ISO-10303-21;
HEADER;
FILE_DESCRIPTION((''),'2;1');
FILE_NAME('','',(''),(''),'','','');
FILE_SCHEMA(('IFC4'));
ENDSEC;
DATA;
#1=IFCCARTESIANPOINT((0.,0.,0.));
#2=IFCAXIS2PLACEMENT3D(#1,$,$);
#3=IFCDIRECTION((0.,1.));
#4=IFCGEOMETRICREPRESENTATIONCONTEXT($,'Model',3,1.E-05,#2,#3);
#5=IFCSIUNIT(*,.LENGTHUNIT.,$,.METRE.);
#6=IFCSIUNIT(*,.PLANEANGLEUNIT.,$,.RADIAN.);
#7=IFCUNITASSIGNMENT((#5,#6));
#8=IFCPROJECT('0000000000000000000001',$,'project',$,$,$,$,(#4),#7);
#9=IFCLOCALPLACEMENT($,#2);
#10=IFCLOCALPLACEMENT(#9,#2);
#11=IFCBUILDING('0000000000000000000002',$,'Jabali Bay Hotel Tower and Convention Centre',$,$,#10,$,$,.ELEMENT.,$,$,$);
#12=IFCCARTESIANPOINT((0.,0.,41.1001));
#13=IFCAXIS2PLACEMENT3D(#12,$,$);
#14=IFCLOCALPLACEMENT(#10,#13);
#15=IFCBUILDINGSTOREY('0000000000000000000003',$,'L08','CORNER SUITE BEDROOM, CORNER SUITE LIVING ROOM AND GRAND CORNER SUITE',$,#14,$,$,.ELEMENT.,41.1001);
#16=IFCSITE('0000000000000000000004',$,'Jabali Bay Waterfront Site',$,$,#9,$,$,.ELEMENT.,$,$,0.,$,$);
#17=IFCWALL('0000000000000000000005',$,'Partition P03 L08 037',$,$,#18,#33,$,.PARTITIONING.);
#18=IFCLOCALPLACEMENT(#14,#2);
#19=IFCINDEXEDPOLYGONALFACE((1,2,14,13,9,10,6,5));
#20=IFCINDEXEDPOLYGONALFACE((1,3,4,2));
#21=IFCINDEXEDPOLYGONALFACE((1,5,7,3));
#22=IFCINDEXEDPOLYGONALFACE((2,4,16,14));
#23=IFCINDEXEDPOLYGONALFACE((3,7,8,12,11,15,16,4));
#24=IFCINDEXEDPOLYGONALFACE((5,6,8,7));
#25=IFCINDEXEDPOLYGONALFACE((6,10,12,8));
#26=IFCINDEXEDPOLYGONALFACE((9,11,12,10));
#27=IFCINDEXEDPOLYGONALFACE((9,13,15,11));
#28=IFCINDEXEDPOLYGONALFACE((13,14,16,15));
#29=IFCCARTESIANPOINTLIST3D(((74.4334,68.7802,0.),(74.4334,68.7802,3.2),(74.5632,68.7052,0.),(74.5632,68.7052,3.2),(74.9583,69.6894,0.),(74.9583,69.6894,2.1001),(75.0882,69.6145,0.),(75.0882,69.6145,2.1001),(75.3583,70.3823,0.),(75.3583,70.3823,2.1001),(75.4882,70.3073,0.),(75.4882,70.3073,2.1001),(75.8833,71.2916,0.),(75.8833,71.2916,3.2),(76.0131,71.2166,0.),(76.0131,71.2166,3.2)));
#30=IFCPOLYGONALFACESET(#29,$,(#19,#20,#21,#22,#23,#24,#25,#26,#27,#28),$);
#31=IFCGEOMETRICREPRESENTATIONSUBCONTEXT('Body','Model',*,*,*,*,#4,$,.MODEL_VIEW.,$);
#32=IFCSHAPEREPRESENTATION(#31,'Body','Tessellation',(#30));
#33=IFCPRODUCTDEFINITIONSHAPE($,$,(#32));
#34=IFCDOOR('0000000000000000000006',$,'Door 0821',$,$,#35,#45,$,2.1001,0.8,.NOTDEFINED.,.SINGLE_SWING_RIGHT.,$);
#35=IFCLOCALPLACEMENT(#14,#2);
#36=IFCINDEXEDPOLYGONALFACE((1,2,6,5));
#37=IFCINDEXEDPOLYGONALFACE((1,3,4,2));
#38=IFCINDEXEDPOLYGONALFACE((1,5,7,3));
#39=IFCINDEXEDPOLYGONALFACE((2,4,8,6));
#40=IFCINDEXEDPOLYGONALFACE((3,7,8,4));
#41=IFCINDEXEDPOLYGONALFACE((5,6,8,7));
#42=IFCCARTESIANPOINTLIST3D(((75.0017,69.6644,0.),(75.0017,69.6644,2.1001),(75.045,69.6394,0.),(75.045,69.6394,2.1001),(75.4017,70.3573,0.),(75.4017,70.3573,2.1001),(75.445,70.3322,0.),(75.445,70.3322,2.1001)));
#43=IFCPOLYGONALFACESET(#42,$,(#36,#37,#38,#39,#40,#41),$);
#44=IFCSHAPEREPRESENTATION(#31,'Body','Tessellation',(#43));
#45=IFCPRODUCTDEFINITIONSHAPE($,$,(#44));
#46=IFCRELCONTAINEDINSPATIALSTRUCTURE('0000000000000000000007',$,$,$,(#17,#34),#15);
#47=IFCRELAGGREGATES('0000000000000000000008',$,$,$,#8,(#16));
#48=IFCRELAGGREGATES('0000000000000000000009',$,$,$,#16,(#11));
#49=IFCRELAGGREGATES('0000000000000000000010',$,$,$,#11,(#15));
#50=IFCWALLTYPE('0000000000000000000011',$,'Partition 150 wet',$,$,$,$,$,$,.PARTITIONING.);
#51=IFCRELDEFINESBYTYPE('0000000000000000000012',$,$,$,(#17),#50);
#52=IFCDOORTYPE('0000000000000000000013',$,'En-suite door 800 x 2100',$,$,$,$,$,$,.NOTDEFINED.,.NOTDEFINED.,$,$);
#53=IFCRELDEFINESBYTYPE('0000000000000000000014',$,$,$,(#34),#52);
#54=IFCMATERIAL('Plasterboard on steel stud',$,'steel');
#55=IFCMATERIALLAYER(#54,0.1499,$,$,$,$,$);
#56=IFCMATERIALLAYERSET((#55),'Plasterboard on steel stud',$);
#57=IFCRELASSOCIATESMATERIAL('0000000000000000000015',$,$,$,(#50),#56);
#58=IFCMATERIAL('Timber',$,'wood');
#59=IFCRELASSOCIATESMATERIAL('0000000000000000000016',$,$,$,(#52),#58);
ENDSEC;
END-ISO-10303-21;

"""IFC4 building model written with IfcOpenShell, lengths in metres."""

from ifc_helpers import new_model, si_unit, direction, frame, frame_2d, origin, place, context, subcontext, project, spatial, rectangle, extrude, material, layer, layer_set, type_object, element, fill, save


model = new_model("IFC4")

# Units and contexts
model_context = context("Model", 3, precision=1e-05, world=origin(), true_north=direction((0.0, 1.0)))
body_context = subcontext(model_context, "Body", "Model", "MODEL_VIEW")
ifc_project = project(units=[si_unit("LENGTHUNIT", "METRE"), si_unit("PLANEANGLEUNIT", "RADIAN")], contexts=[model_context])

# Site, building, storey
site_placement = place(None, origin())
site = spatial("IfcSite", under=ifc_project, at=site_placement, Name="Jabali Bay Waterfront Site", CompositionType="ELEMENT", RefElevation=0.0)
building_placement = place(site_placement, origin())
building = spatial("IfcBuilding", under=site, at=building_placement, Name="Jabali Bay Hotel Tower and Convention Centre", CompositionType="ELEMENT")
storey_placement = place(building_placement, frame((0.0, 0.0, 41.1001)))
storey = spatial("IfcBuildingStorey", under=building, at=storey_placement, Name="L08", Description="CORNER SUITE BEDROOM, CORNER SUITE LIVING ROOM AND GRAND CORNER SUITE", CompositionType="ELEMENT", Elevation=41.1001)

# Shared definitions
ifc_material_1 = material(Name="Plasterboard on steel stud", Category="steel")
ifc_layer_1 = layer(ifc_material_1, 0.1499)
ifc_layer_set_1 = layer_set([ifc_layer_1], Name="Plasterboard on steel stud")
wall_type_1 = type_object("IfcWallType", Name="Partition 150 wet", PredefinedType="PARTITIONING", material=ifc_layer_set_1)

# Shared definitions
ifc_material_2 = material(Name="Timber", Category="wood")

# Wall, opening, door
wall_1_placement = place(storey_placement, frame((74.4983, 68.7427, 0.0), z_axis=(0.0, 0.0, 1.0), x_axis=(0.499987, 0.866033, 0.0)))
wall_1 = element("IfcWall", 1, at=wall_1_placement, inside=storey, type_object=wall_type_1, Name="Partition P03 L08 037", PredefinedType="PARTITIONING", context=body_context, shape_type="SweptSolid", body=[
    extrude(rectangle(XDim=2.8999, YDim=0.1499, at=frame_2d((1.45, 0.0))), origin(), (0.0, 0.0, 1.0), 3.2),
])
opening_1_placement = place(wall_1_placement, frame((1.05, 0.0, 0.0)))
opening_1 = element("IfcOpeningElement", 2, at=opening_1_placement, cuts=wall_1, PredefinedType="OPENING", context=body_context, shape_type="SweptSolid", body=[
    extrude(rectangle(XDim=0.8, YDim=2.1001, at=frame_2d((0.3999, 1.05))), frame((0.0, 0.0854, 0.0), z_axis=(0.0, -1.0, 0.0), x_axis=(1.0, 0.0, 0.0)), (0.0, 0.0, 1.0), 0.1709),
])
door_type_1 = type_object("IfcDoorType", Name="En-suite door 800 x 2100", OperationType="NOTDEFINED", PredefinedType="NOTDEFINED", material=ifc_material_2)
door_1_placement = place(opening_1_placement, origin())
door_1 = element("IfcDoor", 3, at=door_1_placement, inside=storey, type_object=door_type_1, Name="Door 0821", OperationType="SINGLE_SWING_RIGHT", OverallHeight=2.1001, OverallWidth=0.8, PredefinedType="NOTDEFINED", context=body_context, shape_type="SweptSolid", body=[
    extrude(rectangle(XDim=0.8, YDim=2.1001, at=frame_2d((0.3999, 1.05))), frame((0.0, 0.0249, 0.0), z_axis=(0.0, -1.0, 0.0), x_axis=(1.0, 0.0, 0.0)), (0.0, 0.0, 1.0), 0.05),
])
fill(opening_1, door_1)

save(model, "model.ifc")
